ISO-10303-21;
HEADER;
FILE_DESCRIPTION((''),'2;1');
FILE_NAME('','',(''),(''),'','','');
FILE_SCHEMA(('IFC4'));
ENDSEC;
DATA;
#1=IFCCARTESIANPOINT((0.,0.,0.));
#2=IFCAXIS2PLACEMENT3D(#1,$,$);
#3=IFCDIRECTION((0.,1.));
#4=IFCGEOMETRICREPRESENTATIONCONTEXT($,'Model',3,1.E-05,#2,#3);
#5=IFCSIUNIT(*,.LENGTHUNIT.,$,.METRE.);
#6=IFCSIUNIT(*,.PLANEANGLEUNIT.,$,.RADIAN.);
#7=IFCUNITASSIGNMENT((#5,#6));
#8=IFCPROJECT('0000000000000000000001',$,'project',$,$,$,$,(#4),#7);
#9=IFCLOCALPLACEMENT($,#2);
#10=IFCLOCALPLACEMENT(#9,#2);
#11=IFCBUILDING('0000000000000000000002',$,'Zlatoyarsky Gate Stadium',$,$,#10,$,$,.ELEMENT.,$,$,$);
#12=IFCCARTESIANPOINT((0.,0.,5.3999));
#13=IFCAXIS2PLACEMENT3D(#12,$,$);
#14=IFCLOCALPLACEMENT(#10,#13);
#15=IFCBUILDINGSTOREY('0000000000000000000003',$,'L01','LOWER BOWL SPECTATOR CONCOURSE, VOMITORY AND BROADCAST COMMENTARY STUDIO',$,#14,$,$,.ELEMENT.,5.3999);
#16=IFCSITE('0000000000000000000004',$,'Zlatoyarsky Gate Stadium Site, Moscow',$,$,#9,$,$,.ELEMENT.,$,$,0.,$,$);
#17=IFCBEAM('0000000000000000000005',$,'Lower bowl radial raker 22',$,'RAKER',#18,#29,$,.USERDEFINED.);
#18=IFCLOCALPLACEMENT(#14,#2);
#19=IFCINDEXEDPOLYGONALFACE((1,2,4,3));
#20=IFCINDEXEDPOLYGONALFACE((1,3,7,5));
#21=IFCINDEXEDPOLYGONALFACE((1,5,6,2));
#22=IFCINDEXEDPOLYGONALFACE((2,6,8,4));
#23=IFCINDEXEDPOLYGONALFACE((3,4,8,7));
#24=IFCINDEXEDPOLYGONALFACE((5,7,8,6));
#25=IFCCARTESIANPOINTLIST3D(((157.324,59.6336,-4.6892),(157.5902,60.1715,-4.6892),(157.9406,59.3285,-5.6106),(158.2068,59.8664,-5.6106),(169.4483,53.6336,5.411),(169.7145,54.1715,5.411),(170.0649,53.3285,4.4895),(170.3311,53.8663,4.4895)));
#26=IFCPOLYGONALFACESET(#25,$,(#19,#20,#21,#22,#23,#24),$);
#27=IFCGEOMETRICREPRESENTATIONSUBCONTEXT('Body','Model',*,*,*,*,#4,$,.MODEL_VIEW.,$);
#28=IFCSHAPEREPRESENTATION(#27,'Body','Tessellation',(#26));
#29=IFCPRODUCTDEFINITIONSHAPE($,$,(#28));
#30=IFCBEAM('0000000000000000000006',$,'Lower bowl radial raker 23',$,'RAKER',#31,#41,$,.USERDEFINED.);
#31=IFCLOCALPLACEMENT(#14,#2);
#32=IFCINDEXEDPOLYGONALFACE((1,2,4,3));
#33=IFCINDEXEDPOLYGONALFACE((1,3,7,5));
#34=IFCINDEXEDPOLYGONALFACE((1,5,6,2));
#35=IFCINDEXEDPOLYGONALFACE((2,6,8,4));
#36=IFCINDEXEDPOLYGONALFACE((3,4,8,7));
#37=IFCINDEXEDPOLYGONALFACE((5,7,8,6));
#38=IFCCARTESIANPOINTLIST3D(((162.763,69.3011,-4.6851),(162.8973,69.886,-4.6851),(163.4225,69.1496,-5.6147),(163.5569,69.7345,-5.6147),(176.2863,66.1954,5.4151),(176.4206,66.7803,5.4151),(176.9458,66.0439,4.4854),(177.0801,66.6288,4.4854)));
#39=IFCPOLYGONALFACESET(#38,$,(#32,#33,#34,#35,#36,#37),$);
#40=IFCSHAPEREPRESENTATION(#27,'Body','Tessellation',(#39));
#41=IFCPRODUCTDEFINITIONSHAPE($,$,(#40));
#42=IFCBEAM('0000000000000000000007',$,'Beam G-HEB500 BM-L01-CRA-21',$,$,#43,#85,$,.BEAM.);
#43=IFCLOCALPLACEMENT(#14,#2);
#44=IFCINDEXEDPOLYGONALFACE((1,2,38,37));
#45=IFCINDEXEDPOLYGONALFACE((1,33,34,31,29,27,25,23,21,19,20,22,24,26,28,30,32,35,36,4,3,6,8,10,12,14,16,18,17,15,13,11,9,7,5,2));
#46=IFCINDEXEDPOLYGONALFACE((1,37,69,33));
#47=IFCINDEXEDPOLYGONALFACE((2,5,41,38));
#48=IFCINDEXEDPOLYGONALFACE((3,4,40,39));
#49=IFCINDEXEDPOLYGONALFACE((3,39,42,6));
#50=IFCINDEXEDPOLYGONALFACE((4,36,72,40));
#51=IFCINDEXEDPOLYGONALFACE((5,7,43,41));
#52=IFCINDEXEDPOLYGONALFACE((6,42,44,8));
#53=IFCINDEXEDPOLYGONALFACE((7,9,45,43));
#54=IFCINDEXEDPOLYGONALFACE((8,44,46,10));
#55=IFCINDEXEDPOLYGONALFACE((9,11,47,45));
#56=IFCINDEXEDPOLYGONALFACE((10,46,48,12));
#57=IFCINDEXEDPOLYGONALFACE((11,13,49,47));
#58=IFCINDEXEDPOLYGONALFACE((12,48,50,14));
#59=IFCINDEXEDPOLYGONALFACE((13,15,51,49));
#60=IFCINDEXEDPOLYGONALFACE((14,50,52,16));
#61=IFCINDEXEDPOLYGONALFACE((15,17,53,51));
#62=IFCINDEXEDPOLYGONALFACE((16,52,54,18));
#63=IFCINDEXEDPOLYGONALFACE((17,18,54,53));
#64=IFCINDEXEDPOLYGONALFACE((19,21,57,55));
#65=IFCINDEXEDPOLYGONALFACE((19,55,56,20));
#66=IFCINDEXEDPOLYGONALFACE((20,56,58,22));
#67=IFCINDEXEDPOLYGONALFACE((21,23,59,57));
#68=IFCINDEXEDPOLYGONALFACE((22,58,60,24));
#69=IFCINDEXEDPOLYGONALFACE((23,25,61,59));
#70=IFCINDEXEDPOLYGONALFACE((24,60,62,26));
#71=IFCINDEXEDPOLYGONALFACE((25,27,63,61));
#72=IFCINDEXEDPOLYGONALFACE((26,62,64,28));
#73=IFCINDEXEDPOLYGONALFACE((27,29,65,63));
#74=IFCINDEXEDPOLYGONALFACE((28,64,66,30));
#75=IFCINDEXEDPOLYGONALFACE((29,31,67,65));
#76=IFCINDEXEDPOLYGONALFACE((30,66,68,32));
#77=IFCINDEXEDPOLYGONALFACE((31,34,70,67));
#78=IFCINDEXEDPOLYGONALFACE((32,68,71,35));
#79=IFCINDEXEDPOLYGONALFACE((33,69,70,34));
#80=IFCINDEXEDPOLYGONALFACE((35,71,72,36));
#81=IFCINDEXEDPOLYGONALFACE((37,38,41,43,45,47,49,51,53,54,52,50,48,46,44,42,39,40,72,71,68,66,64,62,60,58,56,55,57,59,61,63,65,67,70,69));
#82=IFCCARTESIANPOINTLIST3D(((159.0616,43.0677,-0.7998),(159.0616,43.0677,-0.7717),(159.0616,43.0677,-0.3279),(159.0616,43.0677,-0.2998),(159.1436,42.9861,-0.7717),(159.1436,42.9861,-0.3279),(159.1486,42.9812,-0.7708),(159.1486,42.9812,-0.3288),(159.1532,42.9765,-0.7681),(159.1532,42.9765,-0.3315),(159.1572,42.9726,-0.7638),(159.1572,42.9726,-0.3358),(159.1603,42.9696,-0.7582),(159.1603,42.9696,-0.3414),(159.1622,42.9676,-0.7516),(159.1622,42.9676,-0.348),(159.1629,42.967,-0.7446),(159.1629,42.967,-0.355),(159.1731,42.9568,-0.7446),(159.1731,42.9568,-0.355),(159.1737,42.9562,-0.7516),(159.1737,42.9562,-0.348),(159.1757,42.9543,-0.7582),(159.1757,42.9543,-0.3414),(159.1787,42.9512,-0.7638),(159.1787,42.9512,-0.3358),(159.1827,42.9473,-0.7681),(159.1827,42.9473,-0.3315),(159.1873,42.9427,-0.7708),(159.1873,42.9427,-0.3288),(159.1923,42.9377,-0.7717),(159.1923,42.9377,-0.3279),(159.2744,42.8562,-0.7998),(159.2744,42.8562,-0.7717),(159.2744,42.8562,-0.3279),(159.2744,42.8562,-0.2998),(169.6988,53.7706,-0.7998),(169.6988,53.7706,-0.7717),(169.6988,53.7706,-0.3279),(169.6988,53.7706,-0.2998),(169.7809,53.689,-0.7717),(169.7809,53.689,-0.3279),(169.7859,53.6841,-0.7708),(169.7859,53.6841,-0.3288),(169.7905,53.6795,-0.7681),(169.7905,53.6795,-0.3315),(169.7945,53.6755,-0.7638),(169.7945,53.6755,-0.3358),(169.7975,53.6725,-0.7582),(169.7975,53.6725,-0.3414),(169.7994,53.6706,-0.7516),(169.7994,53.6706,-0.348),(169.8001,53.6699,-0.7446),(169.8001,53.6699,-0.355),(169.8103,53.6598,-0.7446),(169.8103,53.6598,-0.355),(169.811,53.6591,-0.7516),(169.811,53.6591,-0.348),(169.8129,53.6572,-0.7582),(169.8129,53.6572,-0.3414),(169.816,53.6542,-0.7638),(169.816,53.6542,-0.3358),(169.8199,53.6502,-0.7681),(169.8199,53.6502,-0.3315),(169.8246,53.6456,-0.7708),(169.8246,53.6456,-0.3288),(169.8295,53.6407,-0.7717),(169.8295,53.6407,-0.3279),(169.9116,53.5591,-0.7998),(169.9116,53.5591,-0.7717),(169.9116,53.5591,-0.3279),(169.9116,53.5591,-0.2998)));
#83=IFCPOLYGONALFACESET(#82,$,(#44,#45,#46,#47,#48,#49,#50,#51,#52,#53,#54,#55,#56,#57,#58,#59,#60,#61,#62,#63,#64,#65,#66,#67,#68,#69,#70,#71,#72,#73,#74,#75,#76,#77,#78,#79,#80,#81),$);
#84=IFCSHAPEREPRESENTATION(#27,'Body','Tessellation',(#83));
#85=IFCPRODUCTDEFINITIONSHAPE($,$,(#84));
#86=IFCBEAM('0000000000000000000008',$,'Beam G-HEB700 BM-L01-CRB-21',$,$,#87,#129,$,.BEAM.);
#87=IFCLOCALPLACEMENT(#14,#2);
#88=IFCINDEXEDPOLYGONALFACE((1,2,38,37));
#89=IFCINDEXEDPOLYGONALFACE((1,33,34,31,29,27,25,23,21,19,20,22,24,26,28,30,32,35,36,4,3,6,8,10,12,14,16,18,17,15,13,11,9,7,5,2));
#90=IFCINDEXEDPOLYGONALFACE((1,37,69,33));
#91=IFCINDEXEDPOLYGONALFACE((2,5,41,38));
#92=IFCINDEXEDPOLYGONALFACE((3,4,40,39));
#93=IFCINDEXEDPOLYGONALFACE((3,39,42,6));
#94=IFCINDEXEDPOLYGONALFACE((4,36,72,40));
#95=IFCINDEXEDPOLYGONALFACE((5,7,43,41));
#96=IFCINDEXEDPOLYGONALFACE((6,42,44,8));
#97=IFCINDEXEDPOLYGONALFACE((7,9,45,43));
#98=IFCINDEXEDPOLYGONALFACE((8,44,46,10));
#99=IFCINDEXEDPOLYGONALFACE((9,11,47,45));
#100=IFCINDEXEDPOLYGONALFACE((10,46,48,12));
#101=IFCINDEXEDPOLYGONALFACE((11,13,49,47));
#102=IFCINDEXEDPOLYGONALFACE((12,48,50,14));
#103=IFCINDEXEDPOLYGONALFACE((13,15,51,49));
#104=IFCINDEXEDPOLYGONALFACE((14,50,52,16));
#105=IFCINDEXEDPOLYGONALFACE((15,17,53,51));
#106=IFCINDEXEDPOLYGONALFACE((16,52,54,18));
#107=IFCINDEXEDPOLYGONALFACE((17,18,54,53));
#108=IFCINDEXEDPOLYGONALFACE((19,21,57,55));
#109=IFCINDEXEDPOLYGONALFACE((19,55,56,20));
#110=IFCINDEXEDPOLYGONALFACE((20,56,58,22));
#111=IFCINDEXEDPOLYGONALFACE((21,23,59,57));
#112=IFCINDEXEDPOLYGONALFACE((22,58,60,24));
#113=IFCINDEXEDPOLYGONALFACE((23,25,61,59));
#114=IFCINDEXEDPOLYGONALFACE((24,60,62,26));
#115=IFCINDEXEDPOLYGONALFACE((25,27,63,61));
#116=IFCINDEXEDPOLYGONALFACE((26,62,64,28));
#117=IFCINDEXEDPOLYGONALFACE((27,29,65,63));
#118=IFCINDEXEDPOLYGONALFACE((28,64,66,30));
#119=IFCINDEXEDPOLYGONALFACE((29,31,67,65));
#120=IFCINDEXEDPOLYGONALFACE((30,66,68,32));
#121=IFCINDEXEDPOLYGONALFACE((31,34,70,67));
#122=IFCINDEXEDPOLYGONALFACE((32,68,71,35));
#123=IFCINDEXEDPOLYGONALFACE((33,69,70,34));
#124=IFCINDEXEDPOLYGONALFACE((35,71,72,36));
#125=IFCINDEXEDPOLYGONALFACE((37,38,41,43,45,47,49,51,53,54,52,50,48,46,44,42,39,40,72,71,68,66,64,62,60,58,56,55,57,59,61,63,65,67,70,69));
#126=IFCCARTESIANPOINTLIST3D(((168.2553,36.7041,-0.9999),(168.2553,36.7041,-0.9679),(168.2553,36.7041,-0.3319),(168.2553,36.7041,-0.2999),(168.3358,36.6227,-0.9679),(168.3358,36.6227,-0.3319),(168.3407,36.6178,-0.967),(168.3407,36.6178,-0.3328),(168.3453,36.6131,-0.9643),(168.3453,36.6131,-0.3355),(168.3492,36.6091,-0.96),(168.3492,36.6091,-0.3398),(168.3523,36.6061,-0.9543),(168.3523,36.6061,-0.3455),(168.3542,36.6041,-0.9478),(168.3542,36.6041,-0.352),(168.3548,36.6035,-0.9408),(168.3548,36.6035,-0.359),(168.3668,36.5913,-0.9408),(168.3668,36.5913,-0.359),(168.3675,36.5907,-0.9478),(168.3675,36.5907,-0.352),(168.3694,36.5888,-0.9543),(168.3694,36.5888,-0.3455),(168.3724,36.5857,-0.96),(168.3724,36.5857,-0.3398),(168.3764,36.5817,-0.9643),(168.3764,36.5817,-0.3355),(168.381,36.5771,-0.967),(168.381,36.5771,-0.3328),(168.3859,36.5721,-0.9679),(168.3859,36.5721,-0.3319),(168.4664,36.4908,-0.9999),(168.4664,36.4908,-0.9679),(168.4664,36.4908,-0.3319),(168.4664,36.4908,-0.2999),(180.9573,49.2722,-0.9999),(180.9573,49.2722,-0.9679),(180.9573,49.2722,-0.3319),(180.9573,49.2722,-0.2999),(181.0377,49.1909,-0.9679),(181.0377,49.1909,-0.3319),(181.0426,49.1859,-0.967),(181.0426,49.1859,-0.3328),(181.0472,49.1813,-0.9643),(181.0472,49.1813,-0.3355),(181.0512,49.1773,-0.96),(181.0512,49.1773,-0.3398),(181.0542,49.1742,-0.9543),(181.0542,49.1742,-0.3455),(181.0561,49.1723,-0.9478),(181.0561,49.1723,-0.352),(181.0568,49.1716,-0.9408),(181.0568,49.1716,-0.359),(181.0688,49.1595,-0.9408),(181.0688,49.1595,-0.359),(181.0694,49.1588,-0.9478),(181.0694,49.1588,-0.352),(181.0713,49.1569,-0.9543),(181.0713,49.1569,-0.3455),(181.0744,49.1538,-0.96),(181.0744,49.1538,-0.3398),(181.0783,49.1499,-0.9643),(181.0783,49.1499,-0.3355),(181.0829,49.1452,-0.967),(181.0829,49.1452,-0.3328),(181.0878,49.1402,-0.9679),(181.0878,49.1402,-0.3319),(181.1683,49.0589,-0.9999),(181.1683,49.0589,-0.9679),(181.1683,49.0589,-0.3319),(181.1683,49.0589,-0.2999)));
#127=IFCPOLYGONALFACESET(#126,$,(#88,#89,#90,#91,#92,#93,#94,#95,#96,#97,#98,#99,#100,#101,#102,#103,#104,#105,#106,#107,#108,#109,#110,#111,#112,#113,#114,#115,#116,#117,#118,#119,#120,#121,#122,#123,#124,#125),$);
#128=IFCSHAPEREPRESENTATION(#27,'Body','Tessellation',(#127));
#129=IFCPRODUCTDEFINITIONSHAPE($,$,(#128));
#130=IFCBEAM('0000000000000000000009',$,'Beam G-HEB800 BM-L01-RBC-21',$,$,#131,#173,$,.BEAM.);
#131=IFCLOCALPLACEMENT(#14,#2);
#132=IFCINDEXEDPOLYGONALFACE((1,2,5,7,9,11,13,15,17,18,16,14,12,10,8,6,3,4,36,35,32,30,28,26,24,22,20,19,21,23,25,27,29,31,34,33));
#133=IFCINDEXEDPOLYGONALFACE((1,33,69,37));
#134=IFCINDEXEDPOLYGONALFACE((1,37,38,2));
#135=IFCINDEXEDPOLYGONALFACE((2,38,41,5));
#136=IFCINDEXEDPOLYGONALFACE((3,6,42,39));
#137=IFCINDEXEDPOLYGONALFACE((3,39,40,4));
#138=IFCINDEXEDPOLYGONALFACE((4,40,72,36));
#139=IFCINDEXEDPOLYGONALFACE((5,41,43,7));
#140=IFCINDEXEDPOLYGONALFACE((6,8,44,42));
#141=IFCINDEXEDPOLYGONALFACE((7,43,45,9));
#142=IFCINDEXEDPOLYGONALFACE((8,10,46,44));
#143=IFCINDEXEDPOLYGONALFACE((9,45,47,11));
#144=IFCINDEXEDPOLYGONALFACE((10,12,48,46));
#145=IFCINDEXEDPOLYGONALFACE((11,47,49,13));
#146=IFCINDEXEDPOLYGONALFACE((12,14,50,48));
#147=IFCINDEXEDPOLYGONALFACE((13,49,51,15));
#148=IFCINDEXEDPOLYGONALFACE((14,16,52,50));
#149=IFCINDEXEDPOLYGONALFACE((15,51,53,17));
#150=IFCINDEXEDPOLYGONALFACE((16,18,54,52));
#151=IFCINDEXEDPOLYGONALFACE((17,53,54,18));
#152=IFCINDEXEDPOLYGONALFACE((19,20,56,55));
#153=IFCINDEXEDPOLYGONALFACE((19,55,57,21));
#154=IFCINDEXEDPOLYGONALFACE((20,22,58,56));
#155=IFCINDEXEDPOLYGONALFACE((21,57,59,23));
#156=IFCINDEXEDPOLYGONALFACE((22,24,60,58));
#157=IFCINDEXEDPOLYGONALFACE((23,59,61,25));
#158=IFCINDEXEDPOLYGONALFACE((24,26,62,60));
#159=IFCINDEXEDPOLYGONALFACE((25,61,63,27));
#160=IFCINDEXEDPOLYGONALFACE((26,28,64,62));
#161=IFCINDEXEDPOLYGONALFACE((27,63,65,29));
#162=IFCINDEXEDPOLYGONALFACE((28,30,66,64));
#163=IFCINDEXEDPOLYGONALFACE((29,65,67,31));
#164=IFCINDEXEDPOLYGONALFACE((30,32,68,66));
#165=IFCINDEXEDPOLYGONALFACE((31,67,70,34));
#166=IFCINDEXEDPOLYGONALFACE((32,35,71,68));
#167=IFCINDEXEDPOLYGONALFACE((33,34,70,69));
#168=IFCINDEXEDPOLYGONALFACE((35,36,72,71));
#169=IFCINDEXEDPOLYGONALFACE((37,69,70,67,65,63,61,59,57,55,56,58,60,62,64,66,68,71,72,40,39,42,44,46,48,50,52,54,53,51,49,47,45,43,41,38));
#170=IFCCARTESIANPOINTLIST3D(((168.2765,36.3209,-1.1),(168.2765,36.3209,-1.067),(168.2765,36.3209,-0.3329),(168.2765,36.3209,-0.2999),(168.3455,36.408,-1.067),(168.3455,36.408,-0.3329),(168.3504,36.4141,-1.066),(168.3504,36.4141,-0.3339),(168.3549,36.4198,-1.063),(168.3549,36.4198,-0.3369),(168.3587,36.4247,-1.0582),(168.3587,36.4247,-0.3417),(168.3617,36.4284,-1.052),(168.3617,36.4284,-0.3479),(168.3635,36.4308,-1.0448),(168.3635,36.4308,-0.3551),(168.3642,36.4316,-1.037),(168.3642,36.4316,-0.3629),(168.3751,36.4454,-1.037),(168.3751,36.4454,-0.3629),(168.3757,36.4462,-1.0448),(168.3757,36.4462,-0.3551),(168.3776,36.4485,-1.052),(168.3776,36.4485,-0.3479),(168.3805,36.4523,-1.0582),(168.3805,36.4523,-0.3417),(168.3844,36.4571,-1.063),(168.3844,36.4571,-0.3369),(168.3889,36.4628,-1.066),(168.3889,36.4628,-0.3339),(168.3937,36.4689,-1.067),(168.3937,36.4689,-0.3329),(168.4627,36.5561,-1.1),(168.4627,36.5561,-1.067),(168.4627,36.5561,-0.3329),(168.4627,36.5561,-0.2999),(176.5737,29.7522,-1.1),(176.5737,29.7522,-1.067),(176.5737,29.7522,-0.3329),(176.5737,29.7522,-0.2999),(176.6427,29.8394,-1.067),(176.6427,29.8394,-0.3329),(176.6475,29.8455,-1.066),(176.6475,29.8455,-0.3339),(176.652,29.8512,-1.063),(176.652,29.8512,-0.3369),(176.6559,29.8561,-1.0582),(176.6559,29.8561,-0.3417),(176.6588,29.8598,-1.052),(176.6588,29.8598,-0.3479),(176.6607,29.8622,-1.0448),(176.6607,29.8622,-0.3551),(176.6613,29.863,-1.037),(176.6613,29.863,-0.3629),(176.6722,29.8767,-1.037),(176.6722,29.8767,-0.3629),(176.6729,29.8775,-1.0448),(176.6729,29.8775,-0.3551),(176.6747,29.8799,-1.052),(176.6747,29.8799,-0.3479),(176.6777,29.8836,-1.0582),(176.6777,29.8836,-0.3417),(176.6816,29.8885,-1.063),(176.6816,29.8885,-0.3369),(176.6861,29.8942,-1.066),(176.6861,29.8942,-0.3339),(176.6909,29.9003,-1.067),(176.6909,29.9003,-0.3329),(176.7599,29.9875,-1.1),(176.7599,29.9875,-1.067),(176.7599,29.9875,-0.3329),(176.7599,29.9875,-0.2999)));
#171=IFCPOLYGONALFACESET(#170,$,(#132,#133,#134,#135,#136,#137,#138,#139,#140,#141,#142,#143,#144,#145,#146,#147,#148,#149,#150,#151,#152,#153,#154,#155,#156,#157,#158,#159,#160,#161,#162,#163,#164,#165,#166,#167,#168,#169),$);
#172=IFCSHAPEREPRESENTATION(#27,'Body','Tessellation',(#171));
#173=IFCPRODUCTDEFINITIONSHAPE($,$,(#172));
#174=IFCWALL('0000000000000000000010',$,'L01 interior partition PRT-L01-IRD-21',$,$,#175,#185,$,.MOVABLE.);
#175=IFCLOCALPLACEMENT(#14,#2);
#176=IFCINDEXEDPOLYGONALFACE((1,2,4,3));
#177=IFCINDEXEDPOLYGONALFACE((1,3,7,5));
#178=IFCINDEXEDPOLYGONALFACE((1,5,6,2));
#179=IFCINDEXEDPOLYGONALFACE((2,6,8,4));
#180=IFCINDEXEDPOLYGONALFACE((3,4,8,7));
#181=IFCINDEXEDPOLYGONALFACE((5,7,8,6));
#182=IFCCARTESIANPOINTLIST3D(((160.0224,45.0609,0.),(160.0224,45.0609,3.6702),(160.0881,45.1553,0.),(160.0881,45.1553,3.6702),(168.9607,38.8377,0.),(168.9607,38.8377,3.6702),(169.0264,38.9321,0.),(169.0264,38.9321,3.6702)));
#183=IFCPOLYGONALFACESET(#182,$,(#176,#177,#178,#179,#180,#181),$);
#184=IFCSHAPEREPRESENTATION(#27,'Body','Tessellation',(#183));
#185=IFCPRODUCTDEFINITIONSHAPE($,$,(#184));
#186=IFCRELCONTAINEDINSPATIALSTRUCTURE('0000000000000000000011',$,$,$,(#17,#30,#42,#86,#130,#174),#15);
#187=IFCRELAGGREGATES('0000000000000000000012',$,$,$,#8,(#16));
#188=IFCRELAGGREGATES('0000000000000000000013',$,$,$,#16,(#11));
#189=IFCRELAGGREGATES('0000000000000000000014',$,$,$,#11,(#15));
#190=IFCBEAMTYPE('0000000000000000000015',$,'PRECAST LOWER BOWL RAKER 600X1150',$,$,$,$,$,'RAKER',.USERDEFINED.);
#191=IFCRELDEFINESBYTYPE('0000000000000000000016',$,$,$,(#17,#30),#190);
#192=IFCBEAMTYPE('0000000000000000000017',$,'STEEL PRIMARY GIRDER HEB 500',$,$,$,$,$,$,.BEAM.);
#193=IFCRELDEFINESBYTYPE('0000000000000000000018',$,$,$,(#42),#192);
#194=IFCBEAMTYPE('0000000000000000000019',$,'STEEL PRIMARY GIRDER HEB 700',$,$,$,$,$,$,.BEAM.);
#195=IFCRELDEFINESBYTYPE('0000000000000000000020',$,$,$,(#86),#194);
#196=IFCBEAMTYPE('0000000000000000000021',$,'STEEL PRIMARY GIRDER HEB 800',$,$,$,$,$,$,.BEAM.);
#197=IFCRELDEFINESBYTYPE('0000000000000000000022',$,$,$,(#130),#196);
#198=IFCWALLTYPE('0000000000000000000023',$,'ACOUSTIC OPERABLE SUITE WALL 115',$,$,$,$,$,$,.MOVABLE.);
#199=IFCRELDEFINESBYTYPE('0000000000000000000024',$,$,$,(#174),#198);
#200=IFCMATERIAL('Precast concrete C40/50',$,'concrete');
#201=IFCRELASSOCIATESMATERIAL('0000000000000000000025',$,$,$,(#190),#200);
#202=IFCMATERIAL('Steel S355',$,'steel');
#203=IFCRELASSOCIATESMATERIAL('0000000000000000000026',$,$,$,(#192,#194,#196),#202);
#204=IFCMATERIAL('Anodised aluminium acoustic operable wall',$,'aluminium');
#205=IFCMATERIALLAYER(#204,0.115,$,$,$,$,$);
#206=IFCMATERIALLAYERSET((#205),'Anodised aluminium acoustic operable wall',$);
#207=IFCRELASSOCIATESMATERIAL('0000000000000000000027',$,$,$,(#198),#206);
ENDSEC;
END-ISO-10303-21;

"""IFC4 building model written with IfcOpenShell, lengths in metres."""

from ifc_helpers import new_model, si_unit, direction, frame, frame_2d, origin, origin_2d, place, context, subcontext, project, spatial, rectangle, i_section, extrude, material, layer, layer_set, material_profile, profile_set, type_object, element, save


model = new_model("IFC4")

# Units and contexts
model_context = context("Model", 3, precision=1e-05, world=origin(), true_north=direction((0.0, 1.0)))
body_context = subcontext(model_context, "Body", "Model", "MODEL_VIEW")
ifc_project = project(units=[si_unit("LENGTHUNIT", "METRE"), si_unit("PLANEANGLEUNIT", "RADIAN")], contexts=[model_context])

# Site, building, storey
site_placement = place(None, origin())
site = spatial("IfcSite", under=ifc_project, at=site_placement, Name="Zlatoyarsky Gate Stadium Site, Moscow", CompositionType="ELEMENT", RefElevation=0.0)
building_placement = place(site_placement, origin())
building = spatial("IfcBuilding", under=site, at=building_placement, Name="Zlatoyarsky Gate Stadium", CompositionType="ELEMENT")
storey_placement = place(building_placement, frame((0.0, 0.0, 5.3999)))
storey = spatial("IfcBuildingStorey", under=building, at=storey_placement, Name="L01", Description="LOWER BOWL SPECTATOR CONCOURSE, VOMITORY AND BROADCAST COMMENTARY STUDIO", CompositionType="ELEMENT", Elevation=5.3999)

# Beams
ifc_material_1 = material(Name="Precast concrete C40/50", Category="concrete")
ifc_material_profile_1 = material_profile(ifc_material_1, rectangle(XDim=0.6001, YDim=1.1499, at=origin_2d()), Name="PC RAKER 600X1150")
ifc_profile_set_1 = profile_set([ifc_material_profile_1], Name="Precast concrete C40/50")
beam_type_1 = type_object("IfcBeamType", Name="PRECAST LOWER BOWL RAKER 600X1150", ElementType="RAKER", PredefinedType="USERDEFINED", material=ifc_profile_set_1)
beam_1_placement = place(storey_placement, frame((157.7654, 59.75, -5.1499), z_axis=(0.718167, -0.355403, 0.598268), x_axis=(0.443535, 0.896257, 0.0)))
element("IfcBeam", 1, at=beam_1_placement, inside=storey, type_object=beam_type_1, Name="Lower bowl radial raker 22", ObjectType="RAKER", PredefinedType="USERDEFINED", context=body_context, shape_type="SweptSolid", body=[
    extrude(rectangle(XDim=0.6001, YDim=1.1499, at=origin_2d()), origin(), (0.0, 0.0, 1.0), 16.8823),
])
beam_2_placement = place(storey_placement, frame((163.1599, 69.5178, -5.1499), z_axis=(0.787973, -0.180965, 0.588515), x_axis=(0.223831, 0.974628, 0.0)))
element("IfcBeam", 2, at=beam_2_placement, inside=storey, type_object=beam_type_1, Name="Lower bowl radial raker 23", ObjectType="RAKER", PredefinedType="USERDEFINED", context=body_context, shape_type="SweptSolid", body=[
    extrude(rectangle(XDim=0.6001, YDim=1.1499, at=origin_2d()), origin(), (0.0, 0.0, 1.0), 17.1621),
])
ifc_material_2 = material(Name="Steel S355", Category="steel")
ifc_material_profile_2 = material_profile(ifc_material_2, i_section(OverallWidth=0.3, OverallDepth=0.5, WebThickness=0.0144, FlangeThickness=0.0281, FilletRadius=0.0271, at=origin_2d()), Name="HEB 500")
ifc_profile_set_2 = profile_set([ifc_material_profile_2], Name="Steel S355")
beam_type_2 = type_object("IfcBeamType", Name="STEEL PRIMARY GIRDER HEB 500", PredefinedType="BEAM", material=ifc_profile_set_2)
beam_3_placement = place(storey_placement, frame((159.168, 42.9619, -0.5498), z_axis=(0.704927, 0.70928, 0.0), x_axis=(-0.70928, 0.704927, 0.0)))
element("IfcBeam", 3, at=beam_3_placement, inside=storey, type_object=beam_type_2, Name="Beam G-HEB500 BM-L01-CRA-21", PredefinedType="BEAM", context=body_context, shape_type="SweptSolid", body=[
    extrude(i_section(OverallWidth=0.3, OverallDepth=0.5, WebThickness=0.0144, FlangeThickness=0.0281, FilletRadius=0.0271, at=origin_2d()), origin(), (0.0, 0.0, 1.0), 15.0898),
])
ifc_material_profile_3 = material_profile(ifc_material_2, i_section(OverallWidth=0.3, OverallDepth=0.7, WebThickness=0.0171, FlangeThickness=0.032, FilletRadius=0.0271, at=origin_2d()), Name="HEB 700")
ifc_profile_set_3 = profile_set([ifc_material_profile_3], Name="Steel S355")
beam_type_3 = type_object("IfcBeamType", Name="STEEL PRIMARY GIRDER HEB 700", PredefinedType="BEAM", material=ifc_profile_set_3)
beam_4_placement = place(storey_placement, frame((168.3608, 36.5974, -0.6499), z_axis=(0.710841, 0.703353, 0.0), x_axis=(-0.703353, 0.710841, 0.0)))
element("IfcBeam", 4, at=beam_4_placement, inside=storey, type_object=beam_type_3, Name="Beam G-HEB700 BM-L01-CRB-21", PredefinedType="BEAM", context=body_context, shape_type="SweptSolid", body=[
    extrude(i_section(OverallWidth=0.3, OverallDepth=0.7, WebThickness=0.0171, FlangeThickness=0.032, FilletRadius=0.0271, at=origin_2d()), origin(), (0.0, 0.0, 1.0), 17.8689),
])
ifc_material_profile_4 = material_profile(ifc_material_2, i_section(OverallWidth=0.3, OverallDepth=0.8, WebThickness=0.0176, FlangeThickness=0.033, FilletRadius=0.03, at=origin_2d()), Name="HEB 800")
ifc_profile_set_4 = profile_set([ifc_material_profile_4], Name="Steel S355")
beam_type_4 = type_object("IfcBeamType", Name="STEEL PRIMARY GIRDER HEB 800", PredefinedType="BEAM", material=ifc_profile_set_4)
beam_5_placement = place(storey_placement, frame((168.3696, 36.4385, -0.7), z_axis=(0.784043, -0.620706, 0.0), x_axis=(0.620706, 0.784043, 0.0)))
element("IfcBeam", 5, at=beam_5_placement, inside=storey, type_object=beam_type_4, Name="Beam G-HEB800 BM-L01-RBC-21", PredefinedType="BEAM", context=body_context, shape_type="SweptSolid", body=[
    extrude(i_section(OverallWidth=0.3, OverallDepth=0.8, WebThickness=0.0176, FlangeThickness=0.033, FilletRadius=0.03, at=origin_2d()), origin(), (0.0, 0.0, 1.0), 10.5825),
])

# Wall
ifc_material_3 = material(Name="Anodised aluminium acoustic operable wall", Category="aluminium")
ifc_layer_1 = layer(ifc_material_3, 0.115)
ifc_layer_set_1 = layer_set([ifc_layer_1], Name="Anodised aluminium acoustic operable wall")
wall_type = type_object("IfcWallType", Name="ACOUSTIC OPERABLE SUITE WALL 115", PredefinedType="MOVABLE", material=ifc_layer_set_1)
wall_placement = place(storey_placement, frame((160.0552, 45.1082, 0.0), z_axis=(0.0, 0.0, 1.0), x_axis=(0.820679, -0.571389, 0.0)))
element("IfcWall", 6, at=wall_placement, inside=storey, type_object=wall_type, Name="L01 interior partition PRT-L01-IRD-21", PredefinedType="MOVABLE", context=body_context, shape_type="SweptSolid", body=[
    extrude(rectangle(XDim=10.8914, YDim=0.115, at=frame_2d((5.4458, 0.0))), origin(), (0.0, 0.0, 1.0), 3.6702),
])

save(model, "model.ifc")
